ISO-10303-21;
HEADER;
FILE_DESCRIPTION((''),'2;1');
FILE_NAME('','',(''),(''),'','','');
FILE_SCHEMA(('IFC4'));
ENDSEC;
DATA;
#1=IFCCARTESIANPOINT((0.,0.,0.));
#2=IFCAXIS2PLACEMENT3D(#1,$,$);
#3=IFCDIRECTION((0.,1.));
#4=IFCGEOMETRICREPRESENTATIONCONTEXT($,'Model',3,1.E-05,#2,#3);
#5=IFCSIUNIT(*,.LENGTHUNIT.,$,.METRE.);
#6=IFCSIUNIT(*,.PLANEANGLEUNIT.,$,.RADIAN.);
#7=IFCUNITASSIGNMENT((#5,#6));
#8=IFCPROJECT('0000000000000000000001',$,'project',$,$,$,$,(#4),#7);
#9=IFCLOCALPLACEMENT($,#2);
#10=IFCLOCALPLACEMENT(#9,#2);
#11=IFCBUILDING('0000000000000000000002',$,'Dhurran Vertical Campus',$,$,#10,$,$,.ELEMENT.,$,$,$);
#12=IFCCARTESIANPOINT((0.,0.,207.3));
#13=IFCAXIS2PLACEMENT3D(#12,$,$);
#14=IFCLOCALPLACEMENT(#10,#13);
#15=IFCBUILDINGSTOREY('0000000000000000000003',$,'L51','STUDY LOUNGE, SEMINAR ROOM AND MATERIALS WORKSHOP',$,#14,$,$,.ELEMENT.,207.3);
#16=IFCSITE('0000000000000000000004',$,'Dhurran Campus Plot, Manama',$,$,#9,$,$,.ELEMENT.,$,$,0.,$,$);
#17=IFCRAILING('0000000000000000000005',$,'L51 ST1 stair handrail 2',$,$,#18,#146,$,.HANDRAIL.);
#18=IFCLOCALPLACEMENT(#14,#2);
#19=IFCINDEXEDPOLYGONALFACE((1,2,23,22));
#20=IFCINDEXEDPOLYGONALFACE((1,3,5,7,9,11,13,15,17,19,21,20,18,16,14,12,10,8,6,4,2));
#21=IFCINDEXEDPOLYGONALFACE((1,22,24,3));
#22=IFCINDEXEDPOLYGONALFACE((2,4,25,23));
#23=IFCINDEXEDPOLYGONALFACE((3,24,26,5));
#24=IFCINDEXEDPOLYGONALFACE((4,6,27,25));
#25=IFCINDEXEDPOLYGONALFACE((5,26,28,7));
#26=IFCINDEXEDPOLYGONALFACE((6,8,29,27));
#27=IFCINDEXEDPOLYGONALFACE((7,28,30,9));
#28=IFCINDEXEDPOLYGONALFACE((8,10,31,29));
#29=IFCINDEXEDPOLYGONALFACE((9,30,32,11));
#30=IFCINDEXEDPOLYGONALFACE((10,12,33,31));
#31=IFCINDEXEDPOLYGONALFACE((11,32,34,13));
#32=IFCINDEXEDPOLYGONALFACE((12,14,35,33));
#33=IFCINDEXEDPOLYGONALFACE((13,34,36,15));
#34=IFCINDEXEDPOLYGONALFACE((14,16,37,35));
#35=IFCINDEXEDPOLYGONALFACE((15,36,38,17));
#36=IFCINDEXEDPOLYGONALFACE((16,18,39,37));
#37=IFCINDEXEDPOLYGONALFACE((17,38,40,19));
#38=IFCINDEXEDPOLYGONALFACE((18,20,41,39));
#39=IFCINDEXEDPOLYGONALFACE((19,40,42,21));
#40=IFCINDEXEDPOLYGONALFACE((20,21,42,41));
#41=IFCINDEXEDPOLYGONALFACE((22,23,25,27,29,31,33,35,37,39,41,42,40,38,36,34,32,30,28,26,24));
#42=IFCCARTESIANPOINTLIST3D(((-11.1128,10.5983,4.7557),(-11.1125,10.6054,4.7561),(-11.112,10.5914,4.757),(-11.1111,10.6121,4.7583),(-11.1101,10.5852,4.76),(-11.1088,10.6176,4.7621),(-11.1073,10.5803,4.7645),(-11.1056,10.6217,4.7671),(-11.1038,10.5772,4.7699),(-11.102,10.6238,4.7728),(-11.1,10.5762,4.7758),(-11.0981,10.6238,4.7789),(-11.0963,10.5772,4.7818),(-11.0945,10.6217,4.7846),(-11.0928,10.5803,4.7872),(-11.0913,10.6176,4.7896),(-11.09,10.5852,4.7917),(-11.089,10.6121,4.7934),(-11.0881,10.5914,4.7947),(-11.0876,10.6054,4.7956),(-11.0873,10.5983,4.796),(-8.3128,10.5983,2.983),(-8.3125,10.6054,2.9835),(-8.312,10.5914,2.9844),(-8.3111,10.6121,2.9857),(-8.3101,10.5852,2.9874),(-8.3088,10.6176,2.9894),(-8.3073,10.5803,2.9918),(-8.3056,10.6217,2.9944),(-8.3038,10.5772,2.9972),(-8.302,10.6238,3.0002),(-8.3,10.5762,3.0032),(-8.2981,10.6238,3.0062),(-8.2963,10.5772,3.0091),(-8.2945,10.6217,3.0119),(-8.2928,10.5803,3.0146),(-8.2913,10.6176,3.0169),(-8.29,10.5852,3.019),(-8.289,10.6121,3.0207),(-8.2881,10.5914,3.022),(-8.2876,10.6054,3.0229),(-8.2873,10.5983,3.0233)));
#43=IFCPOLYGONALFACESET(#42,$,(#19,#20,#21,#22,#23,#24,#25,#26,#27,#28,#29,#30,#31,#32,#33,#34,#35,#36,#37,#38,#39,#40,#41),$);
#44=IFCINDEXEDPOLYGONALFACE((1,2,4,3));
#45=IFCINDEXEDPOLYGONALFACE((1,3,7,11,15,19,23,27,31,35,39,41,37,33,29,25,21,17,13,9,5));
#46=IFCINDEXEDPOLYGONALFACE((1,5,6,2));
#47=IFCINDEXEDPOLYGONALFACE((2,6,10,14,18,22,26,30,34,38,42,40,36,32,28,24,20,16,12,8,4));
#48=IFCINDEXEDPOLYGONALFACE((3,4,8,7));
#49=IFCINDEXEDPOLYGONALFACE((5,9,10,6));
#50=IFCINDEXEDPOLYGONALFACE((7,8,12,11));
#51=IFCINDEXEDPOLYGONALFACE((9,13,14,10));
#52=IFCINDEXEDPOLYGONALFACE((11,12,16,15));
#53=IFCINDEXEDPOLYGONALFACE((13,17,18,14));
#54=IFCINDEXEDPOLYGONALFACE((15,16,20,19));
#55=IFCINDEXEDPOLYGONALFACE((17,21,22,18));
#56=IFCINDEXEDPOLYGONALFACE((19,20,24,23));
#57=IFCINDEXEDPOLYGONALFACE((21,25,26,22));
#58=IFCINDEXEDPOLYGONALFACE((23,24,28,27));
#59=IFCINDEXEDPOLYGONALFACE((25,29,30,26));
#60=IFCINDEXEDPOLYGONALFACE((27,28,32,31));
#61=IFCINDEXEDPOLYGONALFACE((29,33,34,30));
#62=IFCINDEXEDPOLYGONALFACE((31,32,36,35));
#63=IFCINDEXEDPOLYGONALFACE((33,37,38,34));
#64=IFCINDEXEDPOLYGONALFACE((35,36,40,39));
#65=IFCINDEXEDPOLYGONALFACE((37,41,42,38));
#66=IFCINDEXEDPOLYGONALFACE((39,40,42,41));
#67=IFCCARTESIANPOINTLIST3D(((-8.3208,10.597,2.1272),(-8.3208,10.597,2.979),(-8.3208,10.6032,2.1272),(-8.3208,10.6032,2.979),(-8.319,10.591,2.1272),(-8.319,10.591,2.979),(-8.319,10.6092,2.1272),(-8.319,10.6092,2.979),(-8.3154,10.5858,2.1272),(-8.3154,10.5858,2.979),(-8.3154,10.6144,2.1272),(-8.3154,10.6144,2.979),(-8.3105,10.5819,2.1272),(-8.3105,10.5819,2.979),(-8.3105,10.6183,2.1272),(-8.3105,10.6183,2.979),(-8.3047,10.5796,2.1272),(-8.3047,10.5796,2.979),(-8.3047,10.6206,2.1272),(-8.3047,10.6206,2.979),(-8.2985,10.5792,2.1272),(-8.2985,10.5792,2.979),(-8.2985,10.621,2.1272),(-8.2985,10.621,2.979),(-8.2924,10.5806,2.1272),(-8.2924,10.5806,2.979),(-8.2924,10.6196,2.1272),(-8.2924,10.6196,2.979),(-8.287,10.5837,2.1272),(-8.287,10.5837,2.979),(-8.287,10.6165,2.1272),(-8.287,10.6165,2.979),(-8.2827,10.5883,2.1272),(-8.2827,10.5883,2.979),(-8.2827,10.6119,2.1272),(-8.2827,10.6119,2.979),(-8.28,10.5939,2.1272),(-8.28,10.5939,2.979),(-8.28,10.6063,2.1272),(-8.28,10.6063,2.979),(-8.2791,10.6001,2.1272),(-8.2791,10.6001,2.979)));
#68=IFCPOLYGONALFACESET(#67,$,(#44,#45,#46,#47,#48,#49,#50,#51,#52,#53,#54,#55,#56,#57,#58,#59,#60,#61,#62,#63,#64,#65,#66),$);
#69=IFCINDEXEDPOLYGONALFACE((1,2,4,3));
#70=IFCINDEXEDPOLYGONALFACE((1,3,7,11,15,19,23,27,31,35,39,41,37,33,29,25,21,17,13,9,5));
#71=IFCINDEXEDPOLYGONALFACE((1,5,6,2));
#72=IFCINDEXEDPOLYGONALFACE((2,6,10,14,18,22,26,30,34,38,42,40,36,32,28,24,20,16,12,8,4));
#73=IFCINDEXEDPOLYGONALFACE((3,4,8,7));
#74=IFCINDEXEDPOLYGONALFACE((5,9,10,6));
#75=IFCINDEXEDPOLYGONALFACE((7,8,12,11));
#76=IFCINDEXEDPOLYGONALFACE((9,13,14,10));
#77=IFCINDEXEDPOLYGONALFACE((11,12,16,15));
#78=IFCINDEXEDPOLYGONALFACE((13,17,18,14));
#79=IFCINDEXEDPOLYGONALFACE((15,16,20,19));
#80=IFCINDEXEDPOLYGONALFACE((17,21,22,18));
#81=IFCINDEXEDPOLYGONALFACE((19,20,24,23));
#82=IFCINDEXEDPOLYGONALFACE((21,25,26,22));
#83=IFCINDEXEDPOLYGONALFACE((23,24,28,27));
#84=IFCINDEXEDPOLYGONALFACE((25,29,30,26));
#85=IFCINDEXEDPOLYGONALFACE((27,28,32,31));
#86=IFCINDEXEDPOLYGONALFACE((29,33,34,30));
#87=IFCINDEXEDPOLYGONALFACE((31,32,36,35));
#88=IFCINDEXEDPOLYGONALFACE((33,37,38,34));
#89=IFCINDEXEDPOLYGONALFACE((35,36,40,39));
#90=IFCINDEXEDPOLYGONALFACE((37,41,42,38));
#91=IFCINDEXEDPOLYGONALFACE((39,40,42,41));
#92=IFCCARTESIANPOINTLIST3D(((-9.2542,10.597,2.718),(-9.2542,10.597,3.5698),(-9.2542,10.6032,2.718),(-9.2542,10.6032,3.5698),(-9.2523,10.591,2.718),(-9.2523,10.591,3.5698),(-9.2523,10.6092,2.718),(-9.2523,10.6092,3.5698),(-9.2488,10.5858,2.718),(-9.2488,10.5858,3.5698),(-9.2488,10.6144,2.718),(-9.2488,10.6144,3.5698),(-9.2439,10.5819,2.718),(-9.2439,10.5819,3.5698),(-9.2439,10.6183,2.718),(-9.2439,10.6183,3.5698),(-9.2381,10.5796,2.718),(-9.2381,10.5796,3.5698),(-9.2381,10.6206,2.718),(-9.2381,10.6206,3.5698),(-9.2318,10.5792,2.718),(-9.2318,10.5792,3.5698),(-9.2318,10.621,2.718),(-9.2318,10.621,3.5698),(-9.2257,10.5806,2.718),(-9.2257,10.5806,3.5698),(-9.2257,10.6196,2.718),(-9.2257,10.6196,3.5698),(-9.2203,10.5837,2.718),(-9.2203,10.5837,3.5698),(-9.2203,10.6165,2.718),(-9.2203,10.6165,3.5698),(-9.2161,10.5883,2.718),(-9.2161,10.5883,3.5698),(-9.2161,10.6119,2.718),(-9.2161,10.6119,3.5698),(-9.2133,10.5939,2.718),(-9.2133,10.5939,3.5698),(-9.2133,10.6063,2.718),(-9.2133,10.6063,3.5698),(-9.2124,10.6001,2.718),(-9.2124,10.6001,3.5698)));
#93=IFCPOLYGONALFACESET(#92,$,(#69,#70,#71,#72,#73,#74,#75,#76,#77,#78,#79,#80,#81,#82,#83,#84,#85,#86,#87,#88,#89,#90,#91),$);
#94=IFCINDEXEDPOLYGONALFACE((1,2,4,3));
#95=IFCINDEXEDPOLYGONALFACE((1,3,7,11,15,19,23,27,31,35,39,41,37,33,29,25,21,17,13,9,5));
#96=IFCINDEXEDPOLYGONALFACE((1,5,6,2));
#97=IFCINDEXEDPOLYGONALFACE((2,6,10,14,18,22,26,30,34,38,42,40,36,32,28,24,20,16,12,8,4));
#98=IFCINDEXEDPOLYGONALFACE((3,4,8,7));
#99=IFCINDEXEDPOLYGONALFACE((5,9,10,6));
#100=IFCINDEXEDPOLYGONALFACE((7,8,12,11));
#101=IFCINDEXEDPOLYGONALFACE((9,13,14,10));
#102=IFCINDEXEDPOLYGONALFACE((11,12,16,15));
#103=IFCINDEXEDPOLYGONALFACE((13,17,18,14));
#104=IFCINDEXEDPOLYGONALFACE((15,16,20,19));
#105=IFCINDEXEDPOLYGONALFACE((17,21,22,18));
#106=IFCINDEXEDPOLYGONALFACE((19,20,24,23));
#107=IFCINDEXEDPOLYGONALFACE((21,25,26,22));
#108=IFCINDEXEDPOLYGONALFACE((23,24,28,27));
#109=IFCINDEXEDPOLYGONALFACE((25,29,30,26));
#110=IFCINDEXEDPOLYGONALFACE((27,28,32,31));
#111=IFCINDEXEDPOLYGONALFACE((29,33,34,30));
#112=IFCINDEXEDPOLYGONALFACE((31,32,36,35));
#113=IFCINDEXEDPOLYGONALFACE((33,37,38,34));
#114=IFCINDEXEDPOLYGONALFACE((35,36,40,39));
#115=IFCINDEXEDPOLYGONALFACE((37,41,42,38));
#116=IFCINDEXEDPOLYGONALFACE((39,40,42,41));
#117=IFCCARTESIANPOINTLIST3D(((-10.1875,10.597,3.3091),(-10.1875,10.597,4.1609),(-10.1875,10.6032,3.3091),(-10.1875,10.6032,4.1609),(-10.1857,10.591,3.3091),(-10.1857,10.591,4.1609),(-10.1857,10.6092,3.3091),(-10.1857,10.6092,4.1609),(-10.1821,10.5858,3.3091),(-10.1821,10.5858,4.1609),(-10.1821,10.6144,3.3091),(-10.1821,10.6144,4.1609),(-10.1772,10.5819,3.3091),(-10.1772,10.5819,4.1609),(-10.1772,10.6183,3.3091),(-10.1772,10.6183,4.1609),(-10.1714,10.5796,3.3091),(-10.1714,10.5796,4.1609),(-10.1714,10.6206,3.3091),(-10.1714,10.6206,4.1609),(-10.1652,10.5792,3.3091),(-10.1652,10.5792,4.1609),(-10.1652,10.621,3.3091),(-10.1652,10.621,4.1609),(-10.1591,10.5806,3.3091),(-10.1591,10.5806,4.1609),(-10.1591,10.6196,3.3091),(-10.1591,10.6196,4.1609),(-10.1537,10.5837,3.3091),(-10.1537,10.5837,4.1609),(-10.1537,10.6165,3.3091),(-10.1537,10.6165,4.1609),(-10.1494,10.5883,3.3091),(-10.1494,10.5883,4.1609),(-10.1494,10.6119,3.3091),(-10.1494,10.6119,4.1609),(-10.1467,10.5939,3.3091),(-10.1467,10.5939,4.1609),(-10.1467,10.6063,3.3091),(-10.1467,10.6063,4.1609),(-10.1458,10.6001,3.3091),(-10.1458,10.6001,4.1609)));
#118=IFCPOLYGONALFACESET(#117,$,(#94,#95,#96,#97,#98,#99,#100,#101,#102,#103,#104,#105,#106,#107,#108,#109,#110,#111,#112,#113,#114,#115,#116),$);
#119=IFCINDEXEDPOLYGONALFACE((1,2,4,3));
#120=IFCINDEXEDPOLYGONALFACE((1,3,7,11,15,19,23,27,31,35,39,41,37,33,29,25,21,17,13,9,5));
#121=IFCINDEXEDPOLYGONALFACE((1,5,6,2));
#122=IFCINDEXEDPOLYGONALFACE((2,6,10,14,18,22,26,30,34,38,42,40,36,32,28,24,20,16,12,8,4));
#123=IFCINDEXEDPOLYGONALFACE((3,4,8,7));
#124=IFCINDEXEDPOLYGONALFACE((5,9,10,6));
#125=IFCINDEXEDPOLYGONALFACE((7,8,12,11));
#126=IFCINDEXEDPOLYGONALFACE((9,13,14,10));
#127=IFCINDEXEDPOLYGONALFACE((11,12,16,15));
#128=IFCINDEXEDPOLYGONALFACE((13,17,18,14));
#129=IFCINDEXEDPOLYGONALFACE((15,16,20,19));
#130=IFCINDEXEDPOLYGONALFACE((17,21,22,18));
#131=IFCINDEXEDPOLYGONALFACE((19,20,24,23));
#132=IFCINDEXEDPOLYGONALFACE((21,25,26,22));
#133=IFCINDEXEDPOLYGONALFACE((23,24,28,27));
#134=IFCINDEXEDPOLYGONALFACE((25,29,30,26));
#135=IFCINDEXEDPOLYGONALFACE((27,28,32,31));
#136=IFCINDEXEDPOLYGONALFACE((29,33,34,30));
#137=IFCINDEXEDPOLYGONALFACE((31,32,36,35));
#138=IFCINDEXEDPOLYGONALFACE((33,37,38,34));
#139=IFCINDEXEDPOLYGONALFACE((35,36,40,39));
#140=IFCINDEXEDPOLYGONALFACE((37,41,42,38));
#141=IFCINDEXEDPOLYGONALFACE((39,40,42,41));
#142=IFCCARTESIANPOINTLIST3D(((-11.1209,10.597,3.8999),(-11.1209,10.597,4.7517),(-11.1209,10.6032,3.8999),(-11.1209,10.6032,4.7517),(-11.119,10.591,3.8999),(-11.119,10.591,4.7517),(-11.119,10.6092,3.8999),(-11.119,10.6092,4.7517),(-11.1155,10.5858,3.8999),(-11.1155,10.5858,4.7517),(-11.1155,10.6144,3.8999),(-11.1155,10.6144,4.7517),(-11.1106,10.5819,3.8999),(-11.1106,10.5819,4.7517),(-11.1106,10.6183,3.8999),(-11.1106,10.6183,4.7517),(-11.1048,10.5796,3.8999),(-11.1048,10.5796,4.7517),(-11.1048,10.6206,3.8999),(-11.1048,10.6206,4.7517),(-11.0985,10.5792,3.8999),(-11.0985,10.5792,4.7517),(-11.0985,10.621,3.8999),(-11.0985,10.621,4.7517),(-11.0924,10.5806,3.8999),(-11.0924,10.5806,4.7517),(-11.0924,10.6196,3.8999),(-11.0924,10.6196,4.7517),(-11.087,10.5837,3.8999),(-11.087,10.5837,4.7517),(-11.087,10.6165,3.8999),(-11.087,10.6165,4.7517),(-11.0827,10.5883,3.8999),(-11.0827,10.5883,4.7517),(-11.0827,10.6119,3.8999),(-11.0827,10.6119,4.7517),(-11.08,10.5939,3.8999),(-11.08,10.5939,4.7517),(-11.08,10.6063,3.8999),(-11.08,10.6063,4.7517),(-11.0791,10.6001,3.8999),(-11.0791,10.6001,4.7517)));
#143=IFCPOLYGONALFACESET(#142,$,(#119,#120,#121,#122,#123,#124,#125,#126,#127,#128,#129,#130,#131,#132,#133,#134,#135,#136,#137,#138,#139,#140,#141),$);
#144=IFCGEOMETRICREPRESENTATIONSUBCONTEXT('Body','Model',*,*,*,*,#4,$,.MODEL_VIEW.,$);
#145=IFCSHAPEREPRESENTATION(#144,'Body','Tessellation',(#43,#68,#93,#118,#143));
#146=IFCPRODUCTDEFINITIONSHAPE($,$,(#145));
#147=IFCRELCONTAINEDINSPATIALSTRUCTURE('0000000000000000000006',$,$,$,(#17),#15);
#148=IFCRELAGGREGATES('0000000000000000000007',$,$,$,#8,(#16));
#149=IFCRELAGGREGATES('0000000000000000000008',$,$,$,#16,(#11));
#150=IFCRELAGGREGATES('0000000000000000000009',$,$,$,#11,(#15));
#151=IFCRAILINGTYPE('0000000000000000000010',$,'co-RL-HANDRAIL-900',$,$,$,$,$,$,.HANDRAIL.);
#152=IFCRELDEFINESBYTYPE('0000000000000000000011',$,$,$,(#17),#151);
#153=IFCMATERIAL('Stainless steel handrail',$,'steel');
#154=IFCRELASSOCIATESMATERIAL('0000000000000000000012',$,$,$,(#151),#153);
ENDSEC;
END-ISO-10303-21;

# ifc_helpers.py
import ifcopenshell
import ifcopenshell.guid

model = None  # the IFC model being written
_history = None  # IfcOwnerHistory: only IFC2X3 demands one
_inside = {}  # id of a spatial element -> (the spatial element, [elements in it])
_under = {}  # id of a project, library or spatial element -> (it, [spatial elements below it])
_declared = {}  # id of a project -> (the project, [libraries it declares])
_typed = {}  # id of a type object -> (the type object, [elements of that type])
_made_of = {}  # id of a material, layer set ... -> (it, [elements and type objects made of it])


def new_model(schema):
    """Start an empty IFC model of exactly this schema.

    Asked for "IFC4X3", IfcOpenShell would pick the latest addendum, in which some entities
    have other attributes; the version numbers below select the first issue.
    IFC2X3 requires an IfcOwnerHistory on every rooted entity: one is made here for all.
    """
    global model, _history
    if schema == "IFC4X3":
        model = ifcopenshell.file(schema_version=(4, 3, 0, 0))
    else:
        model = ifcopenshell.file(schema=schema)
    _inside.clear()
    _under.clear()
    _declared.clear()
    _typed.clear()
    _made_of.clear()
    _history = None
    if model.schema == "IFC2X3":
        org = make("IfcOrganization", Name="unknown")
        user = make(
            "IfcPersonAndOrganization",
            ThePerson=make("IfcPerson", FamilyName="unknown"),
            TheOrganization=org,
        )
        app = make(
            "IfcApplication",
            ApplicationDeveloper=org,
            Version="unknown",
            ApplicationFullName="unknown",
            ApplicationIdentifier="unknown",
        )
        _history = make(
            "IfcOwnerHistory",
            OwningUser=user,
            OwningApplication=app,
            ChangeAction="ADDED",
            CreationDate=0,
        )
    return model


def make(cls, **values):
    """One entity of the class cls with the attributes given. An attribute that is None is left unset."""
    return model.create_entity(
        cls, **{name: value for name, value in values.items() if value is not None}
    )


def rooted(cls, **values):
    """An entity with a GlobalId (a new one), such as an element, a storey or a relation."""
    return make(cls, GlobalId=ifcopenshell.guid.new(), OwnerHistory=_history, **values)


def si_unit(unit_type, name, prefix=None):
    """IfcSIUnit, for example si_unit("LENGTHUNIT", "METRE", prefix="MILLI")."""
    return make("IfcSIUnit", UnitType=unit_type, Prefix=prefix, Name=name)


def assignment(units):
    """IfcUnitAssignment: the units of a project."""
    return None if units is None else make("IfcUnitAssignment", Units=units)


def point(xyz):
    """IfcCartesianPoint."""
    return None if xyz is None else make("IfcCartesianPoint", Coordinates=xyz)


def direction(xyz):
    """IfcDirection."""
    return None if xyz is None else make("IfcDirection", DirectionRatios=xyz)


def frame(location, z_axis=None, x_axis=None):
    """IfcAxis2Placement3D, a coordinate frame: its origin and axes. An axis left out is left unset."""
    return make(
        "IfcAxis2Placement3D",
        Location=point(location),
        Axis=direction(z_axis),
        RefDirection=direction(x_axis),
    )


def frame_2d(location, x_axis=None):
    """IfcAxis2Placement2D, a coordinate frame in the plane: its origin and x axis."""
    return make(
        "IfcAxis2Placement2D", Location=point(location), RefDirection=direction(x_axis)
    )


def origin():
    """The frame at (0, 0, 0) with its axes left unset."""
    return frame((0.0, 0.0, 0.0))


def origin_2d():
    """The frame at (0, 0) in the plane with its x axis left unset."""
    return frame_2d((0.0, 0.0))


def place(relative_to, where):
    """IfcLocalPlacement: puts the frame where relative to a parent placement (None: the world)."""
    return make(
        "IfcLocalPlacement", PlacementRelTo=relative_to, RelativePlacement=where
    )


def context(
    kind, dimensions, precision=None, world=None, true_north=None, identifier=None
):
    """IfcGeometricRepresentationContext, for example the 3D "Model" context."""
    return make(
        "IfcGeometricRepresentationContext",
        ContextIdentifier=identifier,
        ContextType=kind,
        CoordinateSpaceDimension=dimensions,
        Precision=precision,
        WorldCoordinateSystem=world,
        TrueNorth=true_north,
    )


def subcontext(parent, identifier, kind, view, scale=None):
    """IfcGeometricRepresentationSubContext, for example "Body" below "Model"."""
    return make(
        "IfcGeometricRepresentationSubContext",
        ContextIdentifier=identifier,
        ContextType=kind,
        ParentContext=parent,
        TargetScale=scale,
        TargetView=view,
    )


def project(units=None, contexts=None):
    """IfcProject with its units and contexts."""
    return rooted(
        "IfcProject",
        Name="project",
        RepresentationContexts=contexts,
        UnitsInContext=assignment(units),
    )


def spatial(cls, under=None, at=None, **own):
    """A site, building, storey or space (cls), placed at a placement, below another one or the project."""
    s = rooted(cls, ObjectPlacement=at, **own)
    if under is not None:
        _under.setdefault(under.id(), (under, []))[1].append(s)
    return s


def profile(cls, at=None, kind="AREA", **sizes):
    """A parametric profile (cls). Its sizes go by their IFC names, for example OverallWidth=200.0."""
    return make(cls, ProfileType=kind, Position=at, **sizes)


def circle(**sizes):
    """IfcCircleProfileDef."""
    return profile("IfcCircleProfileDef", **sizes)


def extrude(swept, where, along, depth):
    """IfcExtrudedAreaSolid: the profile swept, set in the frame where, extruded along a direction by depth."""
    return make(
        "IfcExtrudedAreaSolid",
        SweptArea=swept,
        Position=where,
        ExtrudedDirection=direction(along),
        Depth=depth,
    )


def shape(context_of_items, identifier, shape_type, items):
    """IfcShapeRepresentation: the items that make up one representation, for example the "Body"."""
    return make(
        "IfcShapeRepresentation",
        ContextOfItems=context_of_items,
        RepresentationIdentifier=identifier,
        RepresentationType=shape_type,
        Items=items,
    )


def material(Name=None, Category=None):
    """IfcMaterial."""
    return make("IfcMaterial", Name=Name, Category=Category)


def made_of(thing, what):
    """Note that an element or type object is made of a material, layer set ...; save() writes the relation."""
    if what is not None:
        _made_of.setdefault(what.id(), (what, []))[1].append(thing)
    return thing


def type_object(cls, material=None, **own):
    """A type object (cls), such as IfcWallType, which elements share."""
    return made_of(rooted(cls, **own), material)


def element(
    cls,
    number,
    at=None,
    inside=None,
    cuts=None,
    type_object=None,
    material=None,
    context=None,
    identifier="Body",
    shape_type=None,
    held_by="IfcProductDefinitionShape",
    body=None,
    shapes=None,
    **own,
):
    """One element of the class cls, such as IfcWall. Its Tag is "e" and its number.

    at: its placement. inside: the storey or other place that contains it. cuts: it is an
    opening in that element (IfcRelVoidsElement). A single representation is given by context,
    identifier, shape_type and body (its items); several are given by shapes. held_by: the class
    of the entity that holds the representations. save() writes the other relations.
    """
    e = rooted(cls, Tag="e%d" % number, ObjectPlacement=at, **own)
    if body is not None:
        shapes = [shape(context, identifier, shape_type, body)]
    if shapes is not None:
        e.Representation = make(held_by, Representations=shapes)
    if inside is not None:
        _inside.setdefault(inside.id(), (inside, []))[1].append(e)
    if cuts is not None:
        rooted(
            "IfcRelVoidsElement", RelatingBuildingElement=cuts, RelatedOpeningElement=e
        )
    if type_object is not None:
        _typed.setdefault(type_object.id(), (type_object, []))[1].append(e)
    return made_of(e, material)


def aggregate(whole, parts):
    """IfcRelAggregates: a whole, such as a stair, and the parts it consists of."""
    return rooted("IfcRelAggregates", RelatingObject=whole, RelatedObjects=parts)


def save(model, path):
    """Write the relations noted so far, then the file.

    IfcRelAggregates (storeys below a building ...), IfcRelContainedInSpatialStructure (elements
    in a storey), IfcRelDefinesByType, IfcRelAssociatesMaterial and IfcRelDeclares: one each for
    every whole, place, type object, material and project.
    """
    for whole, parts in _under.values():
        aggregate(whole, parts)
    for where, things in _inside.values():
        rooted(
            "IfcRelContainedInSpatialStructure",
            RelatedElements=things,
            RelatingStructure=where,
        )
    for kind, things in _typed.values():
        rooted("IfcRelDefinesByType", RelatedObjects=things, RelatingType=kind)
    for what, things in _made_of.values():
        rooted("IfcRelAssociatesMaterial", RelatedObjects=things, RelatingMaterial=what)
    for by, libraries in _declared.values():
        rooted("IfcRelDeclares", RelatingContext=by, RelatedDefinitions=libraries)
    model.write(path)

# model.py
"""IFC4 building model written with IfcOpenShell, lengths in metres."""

from ifc_helpers import new_model, si_unit, direction, frame, origin, origin_2d, place, context, subcontext, project, spatial, circle, extrude, material, type_object, element, save


model = new_model("IFC4")

# Units and contexts
model_context = context("Model", 3, precision=1e-05, world=origin(), true_north=direction((0.0, 1.0)))
body_context = subcontext(model_context, "Body", "Model", "MODEL_VIEW")
ifc_project = project(units=[si_unit("LENGTHUNIT", "METRE"), si_unit("PLANEANGLEUNIT", "RADIAN")], contexts=[model_context])

# Site, building, storey
site_placement = place(None, origin())
site = spatial("IfcSite", under=ifc_project, at=site_placement, Name="Dhurran Campus Plot, Manama", CompositionType="ELEMENT", RefElevation=0.0)
building_placement = place(site_placement, origin())
building = spatial("IfcBuilding", under=site, at=building_placement, Name="Dhurran Vertical Campus", CompositionType="ELEMENT")
storey_placement = place(building_placement, frame((0.0, 0.0, 207.3)))
storey = spatial("IfcBuildingStorey", under=building, at=storey_placement, Name="L51", Description="STUDY LOUNGE, SEMINAR ROOM AND MATERIALS WORKSHOP", CompositionType="ELEMENT", Elevation=207.3)

# Railing
ifc_material_1 = material(Name="Stainless steel handrail", Category="steel")
railing_type_1 = type_object("IfcRailingType", Name="co-RL-HANDRAIL-900", PredefinedType="HANDRAIL", material=ifc_material_1)
railing_1_placement = place(storey_placement, frame((-8.3, 10.6001, 2.1272)))
element("IfcRailing", 1, at=railing_1_placement, inside=storey, type_object=railing_type_1, Name="L51 ST1 stair handrail 2", PredefinedType="HANDRAIL", context=body_context, shape_type="SweptSolid", body=[
    extrude(circle(Radius=0.0239, at=origin_2d()), frame((0.0, 0.0, 0.876), z_axis=(-0.844909, 0.0, 0.53491), x_axis=(0.0, -1.0, 0.0)), (0.0, 0.0, 1.0), 3.314),
    extrude(circle(Radius=0.021, at=origin_2d()), origin(), (0.0, 0.0, 1.0), 0.8518),
    extrude(circle(Radius=0.021, at=origin_2d()), frame((-0.9333, 0.0, 0.5908)), (0.0, 0.0, 1.0), 0.8518),
    extrude(circle(Radius=0.021, at=origin_2d()), frame((-1.8667, 0.0, 1.1819)), (0.0, 0.0, 1.0), 0.8518),
    extrude(circle(Radius=0.021, at=origin_2d()), frame((-2.8, 0.0, 1.7727)), (0.0, 0.0, 1.0), 0.8518),
])

save(model, "model.ifc")
